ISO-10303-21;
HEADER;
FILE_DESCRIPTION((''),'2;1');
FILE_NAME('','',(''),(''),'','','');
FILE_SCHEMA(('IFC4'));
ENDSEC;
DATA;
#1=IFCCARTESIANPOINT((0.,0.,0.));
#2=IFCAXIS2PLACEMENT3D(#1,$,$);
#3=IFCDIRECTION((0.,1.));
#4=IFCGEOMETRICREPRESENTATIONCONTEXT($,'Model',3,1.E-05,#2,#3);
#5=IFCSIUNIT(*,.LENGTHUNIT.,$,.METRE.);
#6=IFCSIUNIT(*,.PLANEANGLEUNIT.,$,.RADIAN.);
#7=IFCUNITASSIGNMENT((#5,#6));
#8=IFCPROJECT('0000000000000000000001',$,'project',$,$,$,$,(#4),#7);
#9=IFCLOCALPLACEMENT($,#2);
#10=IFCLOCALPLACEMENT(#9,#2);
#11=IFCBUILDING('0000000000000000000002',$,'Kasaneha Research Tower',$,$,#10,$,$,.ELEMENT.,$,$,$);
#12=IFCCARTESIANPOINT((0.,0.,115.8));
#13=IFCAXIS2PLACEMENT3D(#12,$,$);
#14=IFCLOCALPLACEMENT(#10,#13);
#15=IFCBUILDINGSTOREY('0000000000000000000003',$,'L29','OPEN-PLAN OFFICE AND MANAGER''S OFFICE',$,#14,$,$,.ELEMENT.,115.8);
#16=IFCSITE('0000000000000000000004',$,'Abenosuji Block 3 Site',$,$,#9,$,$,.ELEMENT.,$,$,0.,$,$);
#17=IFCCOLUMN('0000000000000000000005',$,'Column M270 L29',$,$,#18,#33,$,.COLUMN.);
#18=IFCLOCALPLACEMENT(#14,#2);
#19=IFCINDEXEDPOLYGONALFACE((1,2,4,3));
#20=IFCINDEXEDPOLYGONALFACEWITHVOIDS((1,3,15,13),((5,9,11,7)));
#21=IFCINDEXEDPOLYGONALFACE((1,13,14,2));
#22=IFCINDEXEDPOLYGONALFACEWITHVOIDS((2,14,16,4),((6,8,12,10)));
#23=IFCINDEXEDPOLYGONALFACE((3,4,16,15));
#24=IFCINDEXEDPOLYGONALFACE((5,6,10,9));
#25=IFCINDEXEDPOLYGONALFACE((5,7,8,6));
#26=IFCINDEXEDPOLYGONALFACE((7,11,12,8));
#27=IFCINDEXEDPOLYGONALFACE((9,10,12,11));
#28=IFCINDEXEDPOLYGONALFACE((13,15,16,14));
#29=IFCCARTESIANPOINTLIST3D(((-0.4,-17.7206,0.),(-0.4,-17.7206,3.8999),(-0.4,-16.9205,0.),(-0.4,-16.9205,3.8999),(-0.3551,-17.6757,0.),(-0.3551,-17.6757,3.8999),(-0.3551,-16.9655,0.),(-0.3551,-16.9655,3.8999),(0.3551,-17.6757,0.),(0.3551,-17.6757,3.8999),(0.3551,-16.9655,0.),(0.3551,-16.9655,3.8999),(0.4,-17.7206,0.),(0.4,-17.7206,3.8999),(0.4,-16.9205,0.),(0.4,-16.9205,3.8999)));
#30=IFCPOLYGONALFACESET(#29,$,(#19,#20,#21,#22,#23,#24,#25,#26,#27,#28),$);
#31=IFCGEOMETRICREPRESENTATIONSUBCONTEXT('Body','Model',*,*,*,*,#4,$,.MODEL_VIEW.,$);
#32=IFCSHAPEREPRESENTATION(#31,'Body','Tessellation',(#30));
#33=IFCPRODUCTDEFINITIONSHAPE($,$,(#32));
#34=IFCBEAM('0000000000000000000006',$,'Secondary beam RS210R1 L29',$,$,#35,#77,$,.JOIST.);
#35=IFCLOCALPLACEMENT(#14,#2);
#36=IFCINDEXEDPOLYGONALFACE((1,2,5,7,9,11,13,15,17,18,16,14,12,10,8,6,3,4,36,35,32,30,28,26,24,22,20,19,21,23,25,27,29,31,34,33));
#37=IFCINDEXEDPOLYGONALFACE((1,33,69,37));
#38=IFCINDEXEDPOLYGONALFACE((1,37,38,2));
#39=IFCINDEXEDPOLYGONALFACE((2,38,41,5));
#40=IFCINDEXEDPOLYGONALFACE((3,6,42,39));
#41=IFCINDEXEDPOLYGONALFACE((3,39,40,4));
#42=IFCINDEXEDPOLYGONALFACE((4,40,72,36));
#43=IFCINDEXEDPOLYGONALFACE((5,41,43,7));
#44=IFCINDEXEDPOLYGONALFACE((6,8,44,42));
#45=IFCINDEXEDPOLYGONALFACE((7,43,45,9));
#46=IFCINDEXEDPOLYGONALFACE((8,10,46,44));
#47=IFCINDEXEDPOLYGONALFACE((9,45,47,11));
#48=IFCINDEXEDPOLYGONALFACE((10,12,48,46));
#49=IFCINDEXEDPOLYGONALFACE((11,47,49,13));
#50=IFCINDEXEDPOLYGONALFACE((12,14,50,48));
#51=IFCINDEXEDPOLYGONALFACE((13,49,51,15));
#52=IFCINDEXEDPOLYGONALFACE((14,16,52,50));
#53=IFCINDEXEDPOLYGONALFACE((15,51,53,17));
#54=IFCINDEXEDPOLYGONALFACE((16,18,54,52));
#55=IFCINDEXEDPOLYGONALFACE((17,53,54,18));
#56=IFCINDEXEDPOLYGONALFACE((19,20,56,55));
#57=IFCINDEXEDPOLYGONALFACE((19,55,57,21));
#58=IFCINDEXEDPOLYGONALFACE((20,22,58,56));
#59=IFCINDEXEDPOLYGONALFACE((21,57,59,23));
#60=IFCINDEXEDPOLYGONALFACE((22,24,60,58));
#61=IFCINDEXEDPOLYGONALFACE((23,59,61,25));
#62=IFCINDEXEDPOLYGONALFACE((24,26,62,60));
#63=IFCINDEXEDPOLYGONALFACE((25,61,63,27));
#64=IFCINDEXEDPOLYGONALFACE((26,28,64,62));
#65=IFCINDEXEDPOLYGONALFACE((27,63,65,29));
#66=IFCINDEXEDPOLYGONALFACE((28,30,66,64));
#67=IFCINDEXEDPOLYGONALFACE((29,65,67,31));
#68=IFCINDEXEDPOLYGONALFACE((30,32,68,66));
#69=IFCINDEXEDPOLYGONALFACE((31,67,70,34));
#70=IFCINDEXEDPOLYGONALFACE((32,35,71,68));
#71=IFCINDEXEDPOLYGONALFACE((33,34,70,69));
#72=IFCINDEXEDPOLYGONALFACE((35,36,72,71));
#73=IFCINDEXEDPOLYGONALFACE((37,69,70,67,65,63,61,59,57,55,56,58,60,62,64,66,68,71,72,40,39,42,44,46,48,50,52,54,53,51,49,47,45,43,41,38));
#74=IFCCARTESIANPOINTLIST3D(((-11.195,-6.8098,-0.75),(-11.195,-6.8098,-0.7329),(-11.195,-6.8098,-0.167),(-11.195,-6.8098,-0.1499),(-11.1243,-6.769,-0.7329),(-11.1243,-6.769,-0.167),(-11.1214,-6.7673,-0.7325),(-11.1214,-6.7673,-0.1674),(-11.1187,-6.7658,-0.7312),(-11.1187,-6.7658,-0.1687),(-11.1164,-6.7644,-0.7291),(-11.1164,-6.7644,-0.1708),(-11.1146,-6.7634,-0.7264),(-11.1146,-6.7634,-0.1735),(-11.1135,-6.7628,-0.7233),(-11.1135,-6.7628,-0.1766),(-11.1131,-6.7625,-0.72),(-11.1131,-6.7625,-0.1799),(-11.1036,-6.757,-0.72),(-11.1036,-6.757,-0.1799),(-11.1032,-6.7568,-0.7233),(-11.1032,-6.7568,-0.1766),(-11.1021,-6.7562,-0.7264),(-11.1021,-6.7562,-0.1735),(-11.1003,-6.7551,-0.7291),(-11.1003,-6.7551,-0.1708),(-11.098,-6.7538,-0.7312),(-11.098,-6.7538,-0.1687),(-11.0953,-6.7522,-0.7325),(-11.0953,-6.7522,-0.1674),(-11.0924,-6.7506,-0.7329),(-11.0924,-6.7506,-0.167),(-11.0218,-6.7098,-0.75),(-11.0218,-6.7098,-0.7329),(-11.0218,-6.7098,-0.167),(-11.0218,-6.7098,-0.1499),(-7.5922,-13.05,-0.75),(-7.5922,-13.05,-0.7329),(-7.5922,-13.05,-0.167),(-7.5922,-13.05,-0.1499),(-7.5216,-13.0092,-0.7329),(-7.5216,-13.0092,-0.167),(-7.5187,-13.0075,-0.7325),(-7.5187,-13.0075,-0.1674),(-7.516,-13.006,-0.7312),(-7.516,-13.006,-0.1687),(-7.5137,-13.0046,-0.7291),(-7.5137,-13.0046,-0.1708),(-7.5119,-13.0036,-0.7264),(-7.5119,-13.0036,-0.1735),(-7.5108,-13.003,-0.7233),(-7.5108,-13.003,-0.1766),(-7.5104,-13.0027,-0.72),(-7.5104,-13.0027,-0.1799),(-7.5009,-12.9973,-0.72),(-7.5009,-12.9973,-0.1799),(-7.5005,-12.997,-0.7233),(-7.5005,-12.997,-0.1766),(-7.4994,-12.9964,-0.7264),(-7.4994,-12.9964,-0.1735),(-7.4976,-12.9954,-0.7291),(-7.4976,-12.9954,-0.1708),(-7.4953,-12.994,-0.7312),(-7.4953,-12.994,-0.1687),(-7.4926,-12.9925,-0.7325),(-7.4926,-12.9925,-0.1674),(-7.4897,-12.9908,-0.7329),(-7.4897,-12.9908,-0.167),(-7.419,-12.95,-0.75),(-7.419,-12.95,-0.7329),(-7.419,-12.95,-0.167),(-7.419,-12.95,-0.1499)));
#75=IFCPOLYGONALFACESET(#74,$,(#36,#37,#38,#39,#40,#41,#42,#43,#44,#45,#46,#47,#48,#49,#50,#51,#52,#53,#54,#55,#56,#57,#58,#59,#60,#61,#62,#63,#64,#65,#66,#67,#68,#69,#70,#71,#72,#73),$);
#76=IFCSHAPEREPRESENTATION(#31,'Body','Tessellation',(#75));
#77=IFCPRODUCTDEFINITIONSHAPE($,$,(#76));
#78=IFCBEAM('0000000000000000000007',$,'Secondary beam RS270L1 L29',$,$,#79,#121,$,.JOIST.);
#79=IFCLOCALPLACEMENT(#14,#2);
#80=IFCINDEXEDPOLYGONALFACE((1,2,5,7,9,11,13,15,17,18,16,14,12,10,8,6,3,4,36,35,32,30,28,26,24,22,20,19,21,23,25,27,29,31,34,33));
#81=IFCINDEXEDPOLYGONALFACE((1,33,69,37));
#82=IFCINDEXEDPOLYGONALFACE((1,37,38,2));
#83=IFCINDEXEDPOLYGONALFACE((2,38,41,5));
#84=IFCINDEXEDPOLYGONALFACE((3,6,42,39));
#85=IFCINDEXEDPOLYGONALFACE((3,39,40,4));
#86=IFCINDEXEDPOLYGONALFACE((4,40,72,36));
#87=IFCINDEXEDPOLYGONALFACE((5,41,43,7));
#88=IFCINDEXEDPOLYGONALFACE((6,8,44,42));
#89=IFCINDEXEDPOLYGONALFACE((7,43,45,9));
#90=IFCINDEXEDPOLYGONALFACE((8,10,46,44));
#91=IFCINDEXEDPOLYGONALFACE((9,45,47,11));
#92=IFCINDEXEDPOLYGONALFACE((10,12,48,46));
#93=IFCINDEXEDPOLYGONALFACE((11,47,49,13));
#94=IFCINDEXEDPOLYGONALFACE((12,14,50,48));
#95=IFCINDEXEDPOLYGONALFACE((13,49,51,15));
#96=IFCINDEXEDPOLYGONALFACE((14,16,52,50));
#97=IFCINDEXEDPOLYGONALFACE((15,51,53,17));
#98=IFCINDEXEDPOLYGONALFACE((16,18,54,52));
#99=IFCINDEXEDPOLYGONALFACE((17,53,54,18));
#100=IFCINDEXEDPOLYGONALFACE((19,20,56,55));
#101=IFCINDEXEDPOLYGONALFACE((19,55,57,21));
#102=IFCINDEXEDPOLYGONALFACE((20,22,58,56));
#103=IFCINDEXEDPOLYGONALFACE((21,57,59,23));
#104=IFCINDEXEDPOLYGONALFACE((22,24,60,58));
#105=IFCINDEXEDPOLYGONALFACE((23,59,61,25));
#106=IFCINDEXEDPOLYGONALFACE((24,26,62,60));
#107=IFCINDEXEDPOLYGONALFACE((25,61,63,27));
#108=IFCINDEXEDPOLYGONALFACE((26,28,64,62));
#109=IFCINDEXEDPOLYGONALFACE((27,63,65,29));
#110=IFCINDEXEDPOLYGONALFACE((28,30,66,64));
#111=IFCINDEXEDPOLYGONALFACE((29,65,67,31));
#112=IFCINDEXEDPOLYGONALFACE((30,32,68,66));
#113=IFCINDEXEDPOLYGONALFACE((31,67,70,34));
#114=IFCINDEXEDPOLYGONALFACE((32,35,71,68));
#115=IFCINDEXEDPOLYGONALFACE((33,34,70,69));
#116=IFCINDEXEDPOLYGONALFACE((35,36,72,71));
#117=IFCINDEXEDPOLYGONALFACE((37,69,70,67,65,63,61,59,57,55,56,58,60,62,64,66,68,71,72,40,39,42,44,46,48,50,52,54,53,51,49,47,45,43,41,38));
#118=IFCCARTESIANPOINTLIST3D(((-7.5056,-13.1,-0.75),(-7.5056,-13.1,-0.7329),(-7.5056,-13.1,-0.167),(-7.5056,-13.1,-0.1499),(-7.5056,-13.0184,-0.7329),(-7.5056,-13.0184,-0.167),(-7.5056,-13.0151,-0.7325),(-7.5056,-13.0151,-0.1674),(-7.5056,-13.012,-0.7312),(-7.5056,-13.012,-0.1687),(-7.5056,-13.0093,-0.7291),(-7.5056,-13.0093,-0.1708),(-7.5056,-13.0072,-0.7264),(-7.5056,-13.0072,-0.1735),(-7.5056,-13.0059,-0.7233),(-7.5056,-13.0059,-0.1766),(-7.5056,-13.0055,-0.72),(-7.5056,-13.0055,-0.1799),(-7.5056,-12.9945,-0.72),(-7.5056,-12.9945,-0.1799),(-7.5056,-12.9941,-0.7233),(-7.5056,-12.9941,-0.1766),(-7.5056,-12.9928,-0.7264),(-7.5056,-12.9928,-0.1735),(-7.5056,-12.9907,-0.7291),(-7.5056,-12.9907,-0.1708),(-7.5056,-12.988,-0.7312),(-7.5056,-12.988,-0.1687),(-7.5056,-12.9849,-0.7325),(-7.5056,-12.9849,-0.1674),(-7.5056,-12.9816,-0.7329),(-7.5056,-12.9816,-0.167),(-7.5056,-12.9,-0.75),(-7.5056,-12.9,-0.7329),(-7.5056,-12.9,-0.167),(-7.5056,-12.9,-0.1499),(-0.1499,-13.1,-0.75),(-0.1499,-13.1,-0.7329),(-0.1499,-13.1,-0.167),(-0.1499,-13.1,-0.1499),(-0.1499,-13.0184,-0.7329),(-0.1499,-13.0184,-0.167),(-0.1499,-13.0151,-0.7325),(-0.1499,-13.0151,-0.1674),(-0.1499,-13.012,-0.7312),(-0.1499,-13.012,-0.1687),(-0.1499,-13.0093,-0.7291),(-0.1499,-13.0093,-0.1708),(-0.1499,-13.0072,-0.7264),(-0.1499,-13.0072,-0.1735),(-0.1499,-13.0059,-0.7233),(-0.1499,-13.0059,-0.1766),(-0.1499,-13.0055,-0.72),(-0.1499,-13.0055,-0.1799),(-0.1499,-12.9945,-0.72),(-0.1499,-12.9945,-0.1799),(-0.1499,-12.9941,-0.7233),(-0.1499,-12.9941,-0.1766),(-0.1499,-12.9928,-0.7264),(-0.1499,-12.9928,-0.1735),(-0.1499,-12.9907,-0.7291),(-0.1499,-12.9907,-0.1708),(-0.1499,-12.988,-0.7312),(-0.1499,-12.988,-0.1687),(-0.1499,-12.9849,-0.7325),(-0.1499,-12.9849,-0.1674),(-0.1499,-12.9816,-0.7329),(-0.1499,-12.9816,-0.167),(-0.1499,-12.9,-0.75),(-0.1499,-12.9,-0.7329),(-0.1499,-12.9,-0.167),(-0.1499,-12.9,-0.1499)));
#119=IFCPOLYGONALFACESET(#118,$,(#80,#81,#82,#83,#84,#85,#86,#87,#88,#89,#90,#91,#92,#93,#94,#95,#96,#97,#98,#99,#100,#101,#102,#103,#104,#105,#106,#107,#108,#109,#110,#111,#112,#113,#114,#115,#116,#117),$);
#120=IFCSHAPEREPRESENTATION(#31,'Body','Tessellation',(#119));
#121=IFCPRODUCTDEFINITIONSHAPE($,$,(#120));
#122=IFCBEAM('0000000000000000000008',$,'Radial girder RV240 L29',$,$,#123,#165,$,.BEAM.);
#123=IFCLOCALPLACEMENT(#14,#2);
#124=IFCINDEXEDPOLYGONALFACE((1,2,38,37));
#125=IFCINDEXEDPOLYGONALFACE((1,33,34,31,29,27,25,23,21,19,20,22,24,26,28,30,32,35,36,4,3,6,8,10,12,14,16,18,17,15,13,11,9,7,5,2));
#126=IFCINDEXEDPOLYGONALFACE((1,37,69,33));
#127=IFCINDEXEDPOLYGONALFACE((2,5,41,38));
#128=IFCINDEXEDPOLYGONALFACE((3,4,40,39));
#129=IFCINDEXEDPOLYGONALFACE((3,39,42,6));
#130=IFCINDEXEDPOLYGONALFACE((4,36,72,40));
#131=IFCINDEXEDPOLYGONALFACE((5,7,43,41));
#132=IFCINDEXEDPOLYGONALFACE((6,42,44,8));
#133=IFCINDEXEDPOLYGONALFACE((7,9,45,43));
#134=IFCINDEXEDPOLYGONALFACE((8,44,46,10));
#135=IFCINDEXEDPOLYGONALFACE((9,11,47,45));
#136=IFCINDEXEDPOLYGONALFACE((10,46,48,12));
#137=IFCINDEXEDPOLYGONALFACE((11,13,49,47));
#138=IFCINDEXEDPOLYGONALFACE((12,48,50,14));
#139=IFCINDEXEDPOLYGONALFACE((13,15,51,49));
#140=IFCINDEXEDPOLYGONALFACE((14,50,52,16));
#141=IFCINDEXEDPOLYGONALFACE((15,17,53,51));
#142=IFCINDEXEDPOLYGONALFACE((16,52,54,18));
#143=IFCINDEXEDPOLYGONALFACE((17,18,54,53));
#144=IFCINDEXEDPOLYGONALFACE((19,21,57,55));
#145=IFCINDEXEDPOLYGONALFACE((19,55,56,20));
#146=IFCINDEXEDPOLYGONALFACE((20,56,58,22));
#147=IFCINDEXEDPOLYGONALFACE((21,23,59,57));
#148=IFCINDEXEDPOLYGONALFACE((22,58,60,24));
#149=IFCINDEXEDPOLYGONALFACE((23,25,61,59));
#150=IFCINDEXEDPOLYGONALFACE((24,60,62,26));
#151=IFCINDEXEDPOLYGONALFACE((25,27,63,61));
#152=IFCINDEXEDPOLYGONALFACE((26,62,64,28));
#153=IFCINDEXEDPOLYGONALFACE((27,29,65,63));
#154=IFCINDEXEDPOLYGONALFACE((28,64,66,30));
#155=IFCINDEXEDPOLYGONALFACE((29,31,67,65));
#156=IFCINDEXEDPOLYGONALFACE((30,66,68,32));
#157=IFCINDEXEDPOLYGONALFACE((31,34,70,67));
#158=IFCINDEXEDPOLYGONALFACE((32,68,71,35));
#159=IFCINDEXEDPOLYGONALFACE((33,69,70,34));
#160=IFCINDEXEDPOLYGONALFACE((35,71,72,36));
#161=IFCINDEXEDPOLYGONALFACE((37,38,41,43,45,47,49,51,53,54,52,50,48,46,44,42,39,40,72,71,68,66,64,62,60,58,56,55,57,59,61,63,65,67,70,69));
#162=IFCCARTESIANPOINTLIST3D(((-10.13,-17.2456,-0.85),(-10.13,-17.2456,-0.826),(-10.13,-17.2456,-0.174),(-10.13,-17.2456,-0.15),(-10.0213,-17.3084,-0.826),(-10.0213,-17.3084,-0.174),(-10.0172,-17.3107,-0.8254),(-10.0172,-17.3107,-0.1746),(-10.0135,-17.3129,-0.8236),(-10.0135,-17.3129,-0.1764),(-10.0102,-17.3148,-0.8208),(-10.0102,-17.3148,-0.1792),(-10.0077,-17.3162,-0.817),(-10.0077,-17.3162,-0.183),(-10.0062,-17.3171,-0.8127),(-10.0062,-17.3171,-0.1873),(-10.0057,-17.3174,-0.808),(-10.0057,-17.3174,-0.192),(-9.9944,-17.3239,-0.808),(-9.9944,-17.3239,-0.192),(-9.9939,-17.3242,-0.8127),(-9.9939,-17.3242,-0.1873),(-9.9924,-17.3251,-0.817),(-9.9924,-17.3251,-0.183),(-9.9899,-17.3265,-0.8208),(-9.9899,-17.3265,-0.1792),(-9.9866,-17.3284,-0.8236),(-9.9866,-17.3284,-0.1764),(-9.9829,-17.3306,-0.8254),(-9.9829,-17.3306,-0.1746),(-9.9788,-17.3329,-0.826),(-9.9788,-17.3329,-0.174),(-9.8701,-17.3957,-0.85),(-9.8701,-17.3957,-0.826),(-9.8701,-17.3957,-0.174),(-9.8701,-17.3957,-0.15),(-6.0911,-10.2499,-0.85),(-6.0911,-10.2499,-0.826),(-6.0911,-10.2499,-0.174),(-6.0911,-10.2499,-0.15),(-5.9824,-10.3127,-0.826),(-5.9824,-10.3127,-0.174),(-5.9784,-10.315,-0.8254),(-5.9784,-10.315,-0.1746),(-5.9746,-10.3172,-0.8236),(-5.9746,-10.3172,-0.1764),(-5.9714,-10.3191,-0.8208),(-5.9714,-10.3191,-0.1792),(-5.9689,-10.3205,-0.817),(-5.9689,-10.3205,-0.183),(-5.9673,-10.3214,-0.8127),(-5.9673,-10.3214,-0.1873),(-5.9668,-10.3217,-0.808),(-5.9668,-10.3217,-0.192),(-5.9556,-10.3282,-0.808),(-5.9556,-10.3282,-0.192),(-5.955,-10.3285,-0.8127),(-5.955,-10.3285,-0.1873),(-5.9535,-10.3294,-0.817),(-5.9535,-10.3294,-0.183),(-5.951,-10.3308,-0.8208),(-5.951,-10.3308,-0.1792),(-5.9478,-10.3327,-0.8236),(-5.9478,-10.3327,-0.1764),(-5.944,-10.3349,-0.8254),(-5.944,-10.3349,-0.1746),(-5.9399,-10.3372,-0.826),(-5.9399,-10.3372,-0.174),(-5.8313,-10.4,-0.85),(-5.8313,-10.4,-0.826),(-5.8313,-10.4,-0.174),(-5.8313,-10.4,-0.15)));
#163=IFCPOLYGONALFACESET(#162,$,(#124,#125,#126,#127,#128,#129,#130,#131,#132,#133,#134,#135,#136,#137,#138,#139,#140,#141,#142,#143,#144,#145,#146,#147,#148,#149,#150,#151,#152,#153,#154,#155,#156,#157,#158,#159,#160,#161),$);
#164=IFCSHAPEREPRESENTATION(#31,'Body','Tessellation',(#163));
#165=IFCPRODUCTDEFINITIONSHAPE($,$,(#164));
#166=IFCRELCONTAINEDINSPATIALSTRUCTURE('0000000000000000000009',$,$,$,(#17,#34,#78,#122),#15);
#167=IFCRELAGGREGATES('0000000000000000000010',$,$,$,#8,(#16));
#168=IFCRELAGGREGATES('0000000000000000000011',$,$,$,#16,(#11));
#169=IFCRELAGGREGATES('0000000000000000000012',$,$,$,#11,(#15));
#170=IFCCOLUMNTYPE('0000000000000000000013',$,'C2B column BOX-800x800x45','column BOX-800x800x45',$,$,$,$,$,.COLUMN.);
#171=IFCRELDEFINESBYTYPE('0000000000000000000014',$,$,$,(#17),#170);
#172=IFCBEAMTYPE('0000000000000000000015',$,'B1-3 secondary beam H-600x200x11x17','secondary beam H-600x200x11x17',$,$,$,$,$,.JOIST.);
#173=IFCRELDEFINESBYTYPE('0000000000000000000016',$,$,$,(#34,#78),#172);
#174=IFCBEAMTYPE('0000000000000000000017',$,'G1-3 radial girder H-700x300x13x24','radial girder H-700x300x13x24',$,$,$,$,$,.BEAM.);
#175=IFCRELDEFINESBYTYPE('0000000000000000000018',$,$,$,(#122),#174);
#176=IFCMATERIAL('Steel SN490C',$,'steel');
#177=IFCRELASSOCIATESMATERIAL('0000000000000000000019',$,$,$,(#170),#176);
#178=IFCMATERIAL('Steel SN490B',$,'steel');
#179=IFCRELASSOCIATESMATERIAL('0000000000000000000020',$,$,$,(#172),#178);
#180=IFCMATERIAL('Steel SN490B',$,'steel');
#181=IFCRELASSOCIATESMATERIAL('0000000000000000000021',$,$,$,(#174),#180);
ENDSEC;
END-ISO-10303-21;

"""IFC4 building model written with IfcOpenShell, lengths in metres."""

from ifc_helpers import new_model, si_unit, direction, frame, origin, origin_2d, place, context, subcontext, project, spatial, hollow_rectangle, i_section, extrude, material, material_profile, profile_set, type_object, element, save


model = new_model("IFC4")

# Units and contexts
model_context = context("Model", 3, precision=1e-05, world=origin(), true_north=direction((0.0, 1.0)))
body_context = subcontext(model_context, "Body", "Model", "MODEL_VIEW")
ifc_project = project(units=[si_unit("LENGTHUNIT", "METRE"), si_unit("PLANEANGLEUNIT", "RADIAN")], contexts=[model_context])

# Site, building, storey
site_placement = place(None, origin())
site = spatial("IfcSite", under=ifc_project, at=site_placement, Name="Abenosuji Block 3 Site", CompositionType="ELEMENT", RefElevation=0.0)
building_placement = place(site_placement, origin())
building = spatial("IfcBuilding", under=site, at=building_placement, Name="Kasaneha Research Tower", CompositionType="ELEMENT")
storey_placement = place(building_placement, frame((0.0, 0.0, 115.8)))
storey = spatial("IfcBuildingStorey", under=building, at=storey_placement, Name="L29", Description="OPEN-PLAN OFFICE AND MANAGER'S OFFICE", CompositionType="ELEMENT", Elevation=115.8)

# Column
ifc_material_1 = material(Name="Steel SN490C", Category="steel")
ifc_material_profile_1 = material_profile(ifc_material_1, hollow_rectangle(XDim=0.8, YDim=0.8, WallThickness=0.0449, at=origin_2d()), Name="BOX-800x800x45")
ifc_profile_set_1 = profile_set([ifc_material_profile_1], Name="Steel SN490C")
column_type = type_object("IfcColumnType", Name="C2B column BOX-800x800x45", Description="column BOX-800x800x45", PredefinedType="COLUMN", material=ifc_profile_set_1)
column_placement = place(storey_placement, frame((0.0, -17.3206, 0.0), z_axis=(0.0, 0.0, 1.0), x_axis=(1.0, 0.0, 0.0)))
element("IfcColumn", 1, at=column_placement, inside=storey, type_object=column_type, Name="Column M270 L29", PredefinedType="COLUMN", context=body_context, shape_type="SweptSolid", body=[
    extrude(hollow_rectangle(XDim=0.8, YDim=0.8, WallThickness=0.0449, at=origin_2d()), origin(), (0.0, 0.0, 1.0), 3.8999),
])

# Beams
ifc_material_2 = material(Name="Steel SN490B", Category="steel")
ifc_material_profile_2 = material_profile(ifc_material_2, i_section(OverallWidth=0.2, OverallDepth=0.6001, WebThickness=0.011, FlangeThickness=0.0171, FilletRadius=0.0129, at=origin_2d()), Name="H-600x200x11x17")
ifc_profile_set_2 = profile_set([ifc_material_profile_2], Name="Steel SN490B")
beam_type_1 = type_object("IfcBeamType", Name="B1-3 secondary beam H-600x200x11x17", Description="secondary beam H-600x200x11x17", PredefinedType="JOIST", material=ifc_profile_set_2)
beam_1_placement = place(storey_placement, frame((-7.5056, -13.0, -0.45), z_axis=(-0.499998, 0.866026, 0.0), x_axis=(-0.866026, -0.499998, 0.0)))
element("IfcBeam", 2, at=beam_1_placement, inside=storey, type_object=beam_type_1, Name="Secondary beam RS210R1 L29", PredefinedType="JOIST", context=body_context, shape_type="SweptSolid", body=[
    extrude(i_section(OverallWidth=0.2, OverallDepth=0.6001, WebThickness=0.011, FlangeThickness=0.0171, FilletRadius=0.0129, at=origin_2d()), origin(), (0.0, 0.0, 1.0), 7.2056),
])
beam_2_placement = place(storey_placement, frame((-7.5056, -13.0, -0.45), z_axis=(1.0, 0.0, 0.0), x_axis=(0.0, 1.0, 0.0)))
element("IfcBeam", 3, at=beam_2_placement, inside=storey, type_object=beam_type_1, Name="Secondary beam RS270L1 L29", PredefinedType="JOIST", context=body_context, shape_type="SweptSolid", body=[
    extrude(i_section(OverallWidth=0.2, OverallDepth=0.6001, WebThickness=0.011, FlangeThickness=0.0171, FilletRadius=0.0129, at=origin_2d()), origin(), (0.0, 0.0, 1.0), 7.3557),
])
ifc_material_3 = material(Name="Steel SN490B", Category="steel")
ifc_material_profile_3 = material_profile(ifc_material_3, i_section(OverallWidth=0.3, OverallDepth=0.7, WebThickness=0.0129, FlangeThickness=0.0239, FilletRadius=0.0181, at=origin_2d()), Name="H-700x300x13x24")
ifc_profile_set_3 = profile_set([ifc_material_profile_3], Name="Steel SN490B")
beam_type_2 = type_object("IfcBeamType", Name="G1-3 radial girder H-700x300x13x24", Description="radial girder H-700x300x13x24", PredefinedType="BEAM", material=ifc_profile_set_3)
beam_3_placement = place(storey_placement, frame((-5.9612, -10.325, -0.5), z_axis=(-0.499991, -0.866031, 0.0), x_axis=(0.866031, -0.499991, 0.0)))
element("IfcBeam", 4, at=beam_3_placement, inside=storey, type_object=beam_type_2, Name="Radial girder RV240 L29", PredefinedType="BEAM", context=body_context, shape_type="SweptSolid", body=[
    extrude(i_section(OverallWidth=0.3, OverallDepth=0.7, WebThickness=0.0129, FlangeThickness=0.0239, FilletRadius=0.0181, at=origin_2d()), origin(), (0.0, 0.0, 1.0), 8.0779),
])

save(model, "model.ifc")
